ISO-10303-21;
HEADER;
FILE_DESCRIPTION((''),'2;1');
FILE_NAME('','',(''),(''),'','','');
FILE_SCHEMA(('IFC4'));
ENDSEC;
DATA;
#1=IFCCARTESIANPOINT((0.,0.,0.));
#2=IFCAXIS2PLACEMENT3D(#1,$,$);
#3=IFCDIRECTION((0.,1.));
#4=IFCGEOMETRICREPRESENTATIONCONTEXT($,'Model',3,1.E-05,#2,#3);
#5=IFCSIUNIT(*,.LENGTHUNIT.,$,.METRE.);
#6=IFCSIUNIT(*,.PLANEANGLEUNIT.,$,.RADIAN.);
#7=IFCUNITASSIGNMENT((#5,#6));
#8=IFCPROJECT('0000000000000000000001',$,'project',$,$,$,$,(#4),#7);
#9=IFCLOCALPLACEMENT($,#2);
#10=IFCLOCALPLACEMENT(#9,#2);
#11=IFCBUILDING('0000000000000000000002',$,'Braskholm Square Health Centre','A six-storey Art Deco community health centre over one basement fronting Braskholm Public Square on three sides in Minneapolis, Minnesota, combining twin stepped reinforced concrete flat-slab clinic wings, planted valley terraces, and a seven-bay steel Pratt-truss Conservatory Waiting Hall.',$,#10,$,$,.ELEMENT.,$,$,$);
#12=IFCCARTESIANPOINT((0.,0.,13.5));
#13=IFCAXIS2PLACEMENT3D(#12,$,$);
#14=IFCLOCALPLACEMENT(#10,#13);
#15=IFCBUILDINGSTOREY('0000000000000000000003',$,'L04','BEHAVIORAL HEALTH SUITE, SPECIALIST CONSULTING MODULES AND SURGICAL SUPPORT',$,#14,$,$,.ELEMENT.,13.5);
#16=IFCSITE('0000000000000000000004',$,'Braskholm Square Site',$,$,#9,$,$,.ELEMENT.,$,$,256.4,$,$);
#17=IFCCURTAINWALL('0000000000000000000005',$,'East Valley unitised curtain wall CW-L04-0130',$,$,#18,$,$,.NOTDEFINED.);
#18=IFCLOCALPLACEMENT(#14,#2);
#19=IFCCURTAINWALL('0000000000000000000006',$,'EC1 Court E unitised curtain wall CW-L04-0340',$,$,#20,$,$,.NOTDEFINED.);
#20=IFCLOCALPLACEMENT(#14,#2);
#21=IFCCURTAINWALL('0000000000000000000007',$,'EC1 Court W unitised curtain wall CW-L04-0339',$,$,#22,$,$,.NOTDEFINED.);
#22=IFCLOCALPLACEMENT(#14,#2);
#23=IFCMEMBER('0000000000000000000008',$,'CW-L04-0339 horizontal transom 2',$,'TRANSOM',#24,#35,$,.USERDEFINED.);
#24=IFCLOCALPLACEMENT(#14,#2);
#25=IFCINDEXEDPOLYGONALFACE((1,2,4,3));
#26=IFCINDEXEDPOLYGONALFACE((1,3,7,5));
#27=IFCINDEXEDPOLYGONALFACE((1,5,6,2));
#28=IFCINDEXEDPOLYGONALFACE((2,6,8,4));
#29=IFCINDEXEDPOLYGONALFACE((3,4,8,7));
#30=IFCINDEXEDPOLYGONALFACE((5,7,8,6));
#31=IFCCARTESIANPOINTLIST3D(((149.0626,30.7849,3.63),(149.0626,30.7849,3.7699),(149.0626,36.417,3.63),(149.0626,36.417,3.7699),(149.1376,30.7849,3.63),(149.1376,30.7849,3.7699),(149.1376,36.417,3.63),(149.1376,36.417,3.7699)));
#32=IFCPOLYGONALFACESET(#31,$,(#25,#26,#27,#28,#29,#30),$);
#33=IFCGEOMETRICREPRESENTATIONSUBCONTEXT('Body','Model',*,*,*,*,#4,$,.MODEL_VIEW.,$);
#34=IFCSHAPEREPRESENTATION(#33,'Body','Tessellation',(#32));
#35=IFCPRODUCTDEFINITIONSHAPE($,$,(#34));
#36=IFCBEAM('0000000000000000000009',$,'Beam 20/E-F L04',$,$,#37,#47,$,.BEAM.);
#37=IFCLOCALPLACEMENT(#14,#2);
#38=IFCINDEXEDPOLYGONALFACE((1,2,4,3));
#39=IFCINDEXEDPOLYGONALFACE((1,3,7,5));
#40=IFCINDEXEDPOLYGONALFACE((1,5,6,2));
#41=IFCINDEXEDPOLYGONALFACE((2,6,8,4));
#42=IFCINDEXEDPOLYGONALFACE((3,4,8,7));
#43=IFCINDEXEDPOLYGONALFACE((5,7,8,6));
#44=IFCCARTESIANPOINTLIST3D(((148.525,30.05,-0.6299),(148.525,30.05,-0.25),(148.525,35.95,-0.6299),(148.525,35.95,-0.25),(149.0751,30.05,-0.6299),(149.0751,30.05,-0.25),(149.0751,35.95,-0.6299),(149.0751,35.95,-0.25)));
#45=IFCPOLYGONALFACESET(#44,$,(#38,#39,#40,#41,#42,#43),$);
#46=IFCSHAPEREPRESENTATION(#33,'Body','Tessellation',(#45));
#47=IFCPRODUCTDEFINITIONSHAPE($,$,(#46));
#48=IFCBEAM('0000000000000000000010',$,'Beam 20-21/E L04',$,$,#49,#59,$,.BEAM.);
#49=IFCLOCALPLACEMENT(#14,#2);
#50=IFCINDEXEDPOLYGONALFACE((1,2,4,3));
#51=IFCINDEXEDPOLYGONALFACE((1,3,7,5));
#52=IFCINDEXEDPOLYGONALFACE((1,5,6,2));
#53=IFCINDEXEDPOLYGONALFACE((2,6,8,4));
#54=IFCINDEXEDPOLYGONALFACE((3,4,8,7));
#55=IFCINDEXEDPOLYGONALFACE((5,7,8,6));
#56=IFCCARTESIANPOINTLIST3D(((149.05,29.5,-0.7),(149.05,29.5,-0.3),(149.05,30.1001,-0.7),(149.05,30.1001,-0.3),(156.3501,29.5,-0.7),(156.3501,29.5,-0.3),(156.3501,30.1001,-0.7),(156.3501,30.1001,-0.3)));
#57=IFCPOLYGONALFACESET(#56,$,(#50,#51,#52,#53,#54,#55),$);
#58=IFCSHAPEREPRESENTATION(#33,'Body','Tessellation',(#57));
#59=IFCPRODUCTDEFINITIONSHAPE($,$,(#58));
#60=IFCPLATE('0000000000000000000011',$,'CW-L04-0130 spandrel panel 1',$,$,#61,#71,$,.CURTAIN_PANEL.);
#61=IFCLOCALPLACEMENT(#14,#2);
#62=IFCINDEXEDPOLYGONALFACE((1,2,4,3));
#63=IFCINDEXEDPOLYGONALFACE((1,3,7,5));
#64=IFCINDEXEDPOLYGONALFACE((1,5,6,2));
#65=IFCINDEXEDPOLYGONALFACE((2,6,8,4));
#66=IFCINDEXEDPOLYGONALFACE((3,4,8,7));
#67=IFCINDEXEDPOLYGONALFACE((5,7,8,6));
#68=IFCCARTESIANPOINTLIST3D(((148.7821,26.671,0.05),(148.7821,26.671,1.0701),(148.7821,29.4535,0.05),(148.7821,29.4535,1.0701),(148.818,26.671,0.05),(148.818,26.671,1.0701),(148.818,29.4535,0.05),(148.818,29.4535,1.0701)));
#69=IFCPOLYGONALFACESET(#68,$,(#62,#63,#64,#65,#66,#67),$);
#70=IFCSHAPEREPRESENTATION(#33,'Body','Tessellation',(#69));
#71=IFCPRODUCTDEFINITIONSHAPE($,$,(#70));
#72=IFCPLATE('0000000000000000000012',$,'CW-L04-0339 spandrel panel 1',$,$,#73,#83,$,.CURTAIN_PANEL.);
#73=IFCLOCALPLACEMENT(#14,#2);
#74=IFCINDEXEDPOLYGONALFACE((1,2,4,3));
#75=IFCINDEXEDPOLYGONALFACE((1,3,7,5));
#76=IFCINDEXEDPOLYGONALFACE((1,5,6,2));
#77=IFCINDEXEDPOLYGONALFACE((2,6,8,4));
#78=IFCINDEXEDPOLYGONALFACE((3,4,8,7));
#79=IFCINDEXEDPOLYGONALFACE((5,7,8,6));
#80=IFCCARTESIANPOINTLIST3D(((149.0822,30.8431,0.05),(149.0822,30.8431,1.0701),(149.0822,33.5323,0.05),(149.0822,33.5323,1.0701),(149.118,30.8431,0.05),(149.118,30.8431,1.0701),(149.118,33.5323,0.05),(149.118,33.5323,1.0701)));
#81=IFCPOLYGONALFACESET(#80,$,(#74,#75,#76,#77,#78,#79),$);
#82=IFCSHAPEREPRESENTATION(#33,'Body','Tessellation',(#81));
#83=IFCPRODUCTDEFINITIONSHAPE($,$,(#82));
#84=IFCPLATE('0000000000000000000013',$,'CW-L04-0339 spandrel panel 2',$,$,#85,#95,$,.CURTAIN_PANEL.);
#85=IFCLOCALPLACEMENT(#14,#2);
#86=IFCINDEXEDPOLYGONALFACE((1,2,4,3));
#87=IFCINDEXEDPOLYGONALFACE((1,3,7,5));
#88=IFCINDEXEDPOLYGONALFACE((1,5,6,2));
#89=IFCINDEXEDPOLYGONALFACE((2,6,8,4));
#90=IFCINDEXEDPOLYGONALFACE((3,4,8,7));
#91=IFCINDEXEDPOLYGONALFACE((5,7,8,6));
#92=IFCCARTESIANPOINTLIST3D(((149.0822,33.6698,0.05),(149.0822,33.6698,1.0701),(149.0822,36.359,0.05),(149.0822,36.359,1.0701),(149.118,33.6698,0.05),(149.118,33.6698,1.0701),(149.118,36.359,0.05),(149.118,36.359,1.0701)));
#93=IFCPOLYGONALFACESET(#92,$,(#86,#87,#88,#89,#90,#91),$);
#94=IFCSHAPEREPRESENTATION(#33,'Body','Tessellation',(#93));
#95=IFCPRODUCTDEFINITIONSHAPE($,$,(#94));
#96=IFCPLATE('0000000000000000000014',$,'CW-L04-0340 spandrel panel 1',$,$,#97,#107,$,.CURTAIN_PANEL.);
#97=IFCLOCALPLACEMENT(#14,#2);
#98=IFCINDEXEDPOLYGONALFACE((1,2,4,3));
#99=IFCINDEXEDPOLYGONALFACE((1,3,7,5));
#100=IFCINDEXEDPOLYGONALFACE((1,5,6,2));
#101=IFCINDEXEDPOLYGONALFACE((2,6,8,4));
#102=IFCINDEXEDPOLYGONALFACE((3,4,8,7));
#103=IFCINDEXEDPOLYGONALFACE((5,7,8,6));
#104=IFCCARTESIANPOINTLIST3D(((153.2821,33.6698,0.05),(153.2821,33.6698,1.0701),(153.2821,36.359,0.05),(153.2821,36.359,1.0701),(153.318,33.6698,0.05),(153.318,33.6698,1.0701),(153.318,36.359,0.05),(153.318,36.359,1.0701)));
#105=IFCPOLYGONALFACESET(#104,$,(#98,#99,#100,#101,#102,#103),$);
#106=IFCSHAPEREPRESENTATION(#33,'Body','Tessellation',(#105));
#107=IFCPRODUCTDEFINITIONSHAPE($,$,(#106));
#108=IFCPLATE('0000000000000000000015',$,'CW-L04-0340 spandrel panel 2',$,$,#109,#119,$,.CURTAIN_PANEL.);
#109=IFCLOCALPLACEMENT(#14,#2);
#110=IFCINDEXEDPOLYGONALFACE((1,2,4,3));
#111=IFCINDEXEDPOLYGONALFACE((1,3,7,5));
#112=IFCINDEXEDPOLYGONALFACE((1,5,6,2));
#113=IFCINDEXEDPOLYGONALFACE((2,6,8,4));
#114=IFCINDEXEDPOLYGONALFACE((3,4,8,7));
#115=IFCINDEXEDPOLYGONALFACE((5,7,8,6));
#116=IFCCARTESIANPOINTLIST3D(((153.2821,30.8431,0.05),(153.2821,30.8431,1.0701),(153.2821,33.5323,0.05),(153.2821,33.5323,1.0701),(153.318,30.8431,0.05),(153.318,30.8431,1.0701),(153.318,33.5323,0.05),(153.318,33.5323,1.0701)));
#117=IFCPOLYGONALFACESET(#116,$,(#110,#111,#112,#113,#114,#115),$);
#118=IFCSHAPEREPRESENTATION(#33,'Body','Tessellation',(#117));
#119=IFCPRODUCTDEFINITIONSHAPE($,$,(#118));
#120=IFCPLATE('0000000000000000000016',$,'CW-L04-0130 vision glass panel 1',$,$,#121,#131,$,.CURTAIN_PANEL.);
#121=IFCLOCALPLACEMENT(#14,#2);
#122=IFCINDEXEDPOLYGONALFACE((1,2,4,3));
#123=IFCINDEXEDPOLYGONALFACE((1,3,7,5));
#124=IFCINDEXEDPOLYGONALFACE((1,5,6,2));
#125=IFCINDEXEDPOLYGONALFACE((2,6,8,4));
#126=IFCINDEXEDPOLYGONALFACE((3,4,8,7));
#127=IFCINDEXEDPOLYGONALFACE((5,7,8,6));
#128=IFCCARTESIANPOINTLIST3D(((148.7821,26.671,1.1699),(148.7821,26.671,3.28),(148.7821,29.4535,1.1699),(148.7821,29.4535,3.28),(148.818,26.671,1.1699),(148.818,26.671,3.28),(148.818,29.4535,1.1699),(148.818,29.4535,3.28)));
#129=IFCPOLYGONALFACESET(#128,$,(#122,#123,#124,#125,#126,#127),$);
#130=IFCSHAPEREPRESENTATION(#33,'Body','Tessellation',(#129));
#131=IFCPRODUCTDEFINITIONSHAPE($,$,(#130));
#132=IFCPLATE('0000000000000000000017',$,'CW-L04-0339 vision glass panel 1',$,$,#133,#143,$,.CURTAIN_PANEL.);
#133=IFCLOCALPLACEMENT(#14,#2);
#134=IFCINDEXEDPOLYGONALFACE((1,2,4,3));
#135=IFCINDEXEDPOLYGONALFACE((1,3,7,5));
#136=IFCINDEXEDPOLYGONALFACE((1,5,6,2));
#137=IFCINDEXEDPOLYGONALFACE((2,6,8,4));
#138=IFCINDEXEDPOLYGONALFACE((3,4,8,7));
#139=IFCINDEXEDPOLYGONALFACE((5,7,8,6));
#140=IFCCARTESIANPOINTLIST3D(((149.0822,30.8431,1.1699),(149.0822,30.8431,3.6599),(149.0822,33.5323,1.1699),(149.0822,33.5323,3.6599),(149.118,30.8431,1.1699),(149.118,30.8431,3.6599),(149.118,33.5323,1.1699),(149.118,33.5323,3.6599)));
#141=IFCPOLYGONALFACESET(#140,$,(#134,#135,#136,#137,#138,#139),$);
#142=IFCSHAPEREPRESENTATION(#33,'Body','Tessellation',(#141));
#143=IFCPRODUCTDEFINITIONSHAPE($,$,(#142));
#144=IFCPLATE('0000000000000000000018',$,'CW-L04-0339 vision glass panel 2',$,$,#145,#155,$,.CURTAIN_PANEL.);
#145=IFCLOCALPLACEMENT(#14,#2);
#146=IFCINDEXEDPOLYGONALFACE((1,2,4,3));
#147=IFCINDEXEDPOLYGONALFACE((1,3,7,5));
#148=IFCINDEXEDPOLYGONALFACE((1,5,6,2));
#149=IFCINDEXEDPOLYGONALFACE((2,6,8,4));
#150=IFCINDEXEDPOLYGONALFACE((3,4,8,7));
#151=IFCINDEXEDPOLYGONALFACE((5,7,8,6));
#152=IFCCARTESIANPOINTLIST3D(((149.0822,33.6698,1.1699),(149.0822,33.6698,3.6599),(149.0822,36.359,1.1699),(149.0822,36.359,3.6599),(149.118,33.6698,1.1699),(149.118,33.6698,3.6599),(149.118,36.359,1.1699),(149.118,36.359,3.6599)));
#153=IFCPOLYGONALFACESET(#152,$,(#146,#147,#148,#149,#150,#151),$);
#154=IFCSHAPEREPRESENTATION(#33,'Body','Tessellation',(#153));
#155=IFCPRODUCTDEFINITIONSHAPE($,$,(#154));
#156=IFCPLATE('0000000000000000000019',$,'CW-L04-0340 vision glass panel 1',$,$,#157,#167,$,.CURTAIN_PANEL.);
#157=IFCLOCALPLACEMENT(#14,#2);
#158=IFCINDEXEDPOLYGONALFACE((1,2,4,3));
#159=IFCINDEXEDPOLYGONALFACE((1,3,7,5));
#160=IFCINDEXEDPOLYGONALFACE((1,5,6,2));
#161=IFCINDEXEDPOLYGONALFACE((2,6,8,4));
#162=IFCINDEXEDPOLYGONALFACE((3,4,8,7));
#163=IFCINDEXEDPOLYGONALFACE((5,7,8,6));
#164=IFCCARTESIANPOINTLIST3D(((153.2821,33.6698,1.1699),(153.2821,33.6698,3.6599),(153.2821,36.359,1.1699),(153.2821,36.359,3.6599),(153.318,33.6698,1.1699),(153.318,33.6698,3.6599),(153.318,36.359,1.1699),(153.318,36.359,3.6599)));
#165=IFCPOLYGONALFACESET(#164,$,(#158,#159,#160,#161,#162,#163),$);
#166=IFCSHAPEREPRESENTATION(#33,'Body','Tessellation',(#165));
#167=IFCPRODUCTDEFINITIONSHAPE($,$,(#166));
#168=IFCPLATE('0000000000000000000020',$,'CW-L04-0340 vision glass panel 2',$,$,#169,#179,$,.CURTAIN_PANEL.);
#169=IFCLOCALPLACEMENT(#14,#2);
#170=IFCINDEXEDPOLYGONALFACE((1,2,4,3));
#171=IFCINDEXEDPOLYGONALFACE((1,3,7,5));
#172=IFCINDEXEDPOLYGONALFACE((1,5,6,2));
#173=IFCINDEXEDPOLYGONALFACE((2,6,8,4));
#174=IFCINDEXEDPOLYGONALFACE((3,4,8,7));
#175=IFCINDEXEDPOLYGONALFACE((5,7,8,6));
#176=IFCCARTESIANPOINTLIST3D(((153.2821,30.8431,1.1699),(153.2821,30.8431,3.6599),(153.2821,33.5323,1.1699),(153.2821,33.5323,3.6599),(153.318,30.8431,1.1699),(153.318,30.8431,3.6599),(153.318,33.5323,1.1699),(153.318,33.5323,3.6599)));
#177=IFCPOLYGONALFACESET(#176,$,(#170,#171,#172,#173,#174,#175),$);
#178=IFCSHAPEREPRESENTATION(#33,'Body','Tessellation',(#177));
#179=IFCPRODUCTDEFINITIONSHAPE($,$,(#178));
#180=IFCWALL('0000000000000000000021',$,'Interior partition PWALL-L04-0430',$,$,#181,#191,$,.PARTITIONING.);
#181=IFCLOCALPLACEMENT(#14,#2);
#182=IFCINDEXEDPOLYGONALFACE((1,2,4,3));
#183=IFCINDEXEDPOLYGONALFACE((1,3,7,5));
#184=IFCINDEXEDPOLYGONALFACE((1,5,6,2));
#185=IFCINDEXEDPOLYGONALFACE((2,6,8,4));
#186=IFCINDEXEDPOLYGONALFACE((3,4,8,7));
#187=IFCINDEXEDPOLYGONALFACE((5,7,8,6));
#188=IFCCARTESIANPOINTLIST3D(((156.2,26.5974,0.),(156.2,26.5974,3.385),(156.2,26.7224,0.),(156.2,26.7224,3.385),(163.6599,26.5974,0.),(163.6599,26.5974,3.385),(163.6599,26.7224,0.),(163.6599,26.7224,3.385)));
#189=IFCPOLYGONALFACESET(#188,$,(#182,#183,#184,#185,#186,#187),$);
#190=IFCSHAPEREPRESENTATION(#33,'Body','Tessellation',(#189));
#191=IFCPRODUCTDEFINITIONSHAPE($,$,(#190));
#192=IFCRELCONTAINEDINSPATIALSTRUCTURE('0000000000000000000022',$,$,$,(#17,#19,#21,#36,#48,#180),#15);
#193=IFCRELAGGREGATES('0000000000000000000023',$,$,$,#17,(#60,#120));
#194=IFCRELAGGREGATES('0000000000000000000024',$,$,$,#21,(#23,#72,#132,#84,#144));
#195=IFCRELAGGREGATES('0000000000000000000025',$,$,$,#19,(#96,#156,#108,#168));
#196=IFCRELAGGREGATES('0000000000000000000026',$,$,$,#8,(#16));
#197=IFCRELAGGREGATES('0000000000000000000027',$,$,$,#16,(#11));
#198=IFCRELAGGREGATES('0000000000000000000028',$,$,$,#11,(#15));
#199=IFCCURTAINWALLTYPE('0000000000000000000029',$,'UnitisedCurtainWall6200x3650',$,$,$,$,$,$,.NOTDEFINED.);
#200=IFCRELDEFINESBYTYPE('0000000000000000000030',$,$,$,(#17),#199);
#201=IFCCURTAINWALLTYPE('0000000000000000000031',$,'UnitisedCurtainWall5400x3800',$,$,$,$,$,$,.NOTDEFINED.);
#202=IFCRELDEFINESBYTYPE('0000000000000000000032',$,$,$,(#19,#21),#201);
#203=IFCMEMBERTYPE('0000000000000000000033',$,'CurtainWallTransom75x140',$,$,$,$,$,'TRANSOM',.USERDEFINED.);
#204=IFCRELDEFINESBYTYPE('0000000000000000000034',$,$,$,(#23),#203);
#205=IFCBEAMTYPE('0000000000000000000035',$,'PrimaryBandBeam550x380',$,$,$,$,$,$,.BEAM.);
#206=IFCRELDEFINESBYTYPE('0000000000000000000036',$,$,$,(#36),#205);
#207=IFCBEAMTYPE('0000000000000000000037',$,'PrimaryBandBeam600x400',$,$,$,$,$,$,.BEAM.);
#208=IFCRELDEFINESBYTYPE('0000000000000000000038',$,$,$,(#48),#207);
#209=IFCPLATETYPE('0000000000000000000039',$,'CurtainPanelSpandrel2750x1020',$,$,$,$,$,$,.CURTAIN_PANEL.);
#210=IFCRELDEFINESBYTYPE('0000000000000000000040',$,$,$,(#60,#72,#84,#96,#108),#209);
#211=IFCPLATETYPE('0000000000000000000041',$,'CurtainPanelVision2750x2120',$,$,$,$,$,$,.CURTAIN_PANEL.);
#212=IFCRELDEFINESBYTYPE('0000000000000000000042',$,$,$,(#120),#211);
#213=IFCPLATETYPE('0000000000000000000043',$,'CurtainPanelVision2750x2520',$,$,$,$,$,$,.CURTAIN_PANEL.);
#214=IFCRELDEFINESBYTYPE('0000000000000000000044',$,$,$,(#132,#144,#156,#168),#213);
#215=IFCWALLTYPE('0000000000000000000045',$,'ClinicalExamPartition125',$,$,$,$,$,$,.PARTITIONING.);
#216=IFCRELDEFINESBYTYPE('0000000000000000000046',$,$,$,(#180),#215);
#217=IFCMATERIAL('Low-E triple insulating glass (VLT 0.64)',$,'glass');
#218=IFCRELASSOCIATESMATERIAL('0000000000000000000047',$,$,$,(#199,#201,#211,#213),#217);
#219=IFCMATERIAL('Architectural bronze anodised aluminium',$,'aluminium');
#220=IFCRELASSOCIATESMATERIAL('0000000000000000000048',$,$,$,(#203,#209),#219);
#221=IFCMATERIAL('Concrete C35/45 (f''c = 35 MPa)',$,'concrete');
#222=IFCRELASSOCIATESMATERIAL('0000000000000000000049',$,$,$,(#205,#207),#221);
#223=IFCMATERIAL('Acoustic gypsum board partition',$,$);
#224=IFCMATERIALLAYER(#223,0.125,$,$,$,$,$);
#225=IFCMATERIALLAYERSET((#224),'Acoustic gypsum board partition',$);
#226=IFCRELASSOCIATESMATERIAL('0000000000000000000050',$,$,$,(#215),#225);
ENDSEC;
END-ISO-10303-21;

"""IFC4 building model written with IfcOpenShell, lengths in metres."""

from ifc_helpers import new_model, si_unit, direction, frame, frame_2d, origin, origin_2d, place, context, subcontext, project, spatial, rectangle, extrude, material, layer, layer_set, material_profile, profile_set, type_object, element, aggregate, save


model = new_model("IFC4")

# Units and contexts
model_context = context("Model", 3, precision=1e-05, world=origin(), true_north=direction((0.0, 1.0)))
body_context = subcontext(model_context, "Body", "Model", "MODEL_VIEW")
ifc_project = project(units=[si_unit("LENGTHUNIT", "METRE"), si_unit("PLANEANGLEUNIT", "RADIAN")], contexts=[model_context])

# Site, building, storey
site_placement = place(None, origin())
site = spatial("IfcSite", under=ifc_project, at=site_placement, Name="Braskholm Square Site", CompositionType="ELEMENT", RefElevation=256.4)
building_placement = place(site_placement, origin())
building = spatial("IfcBuilding", under=site, at=building_placement, Name="Braskholm Square Health Centre", Description="A six-storey Art Deco community health centre over one basement fronting Braskholm Public Square on three sides in Minneapolis, Minnesota, combining twin stepped reinforced concrete flat-slab clinic wings, planted valley terraces, and a seven-bay steel Pratt-truss Conservatory Waiting Hall.", CompositionType="ELEMENT")
storey_placement = place(building_placement, frame((0.0, 0.0, 13.5)))
storey = spatial("IfcBuildingStorey", under=building, at=storey_placement, Name="L04", Description="BEHAVIORAL HEALTH SUITE, SPECIALIST CONSULTING MODULES AND SURGICAL SUPPORT", CompositionType="ELEMENT", Elevation=13.5)

# Curtain wall
ifc_material_1 = material(Name="Low-E triple insulating glass (VLT 0.64)", Category="glass")
curtain_wall_type_1 = type_object("IfcCurtainWallType", Name="UnitisedCurtainWall6200x3650", PredefinedType="NOTDEFINED", material=ifc_material_1)
curtain_wall_1_placement = place(storey_placement, origin())
curtain_wall_1 = element("IfcCurtainWall", 1, at=curtain_wall_1_placement, inside=storey, type_object=curtain_wall_type_1, Name="East Valley unitised curtain wall CW-L04-0130", PredefinedType="NOTDEFINED")
ifc_material_2 = material(Name="Architectural bronze anodised aluminium", Category="aluminium")

# Curtain walls
curtain_wall_type_2 = type_object("IfcCurtainWallType", Name="UnitisedCurtainWall5400x3800", PredefinedType="NOTDEFINED", material=ifc_material_1)
curtain_wall_2_placement = place(storey_placement, origin())
curtain_wall_2 = element("IfcCurtainWall", 2, at=curtain_wall_2_placement, inside=storey, type_object=curtain_wall_type_2, Name="EC1 Court E unitised curtain wall CW-L04-0340", PredefinedType="NOTDEFINED")
curtain_wall_3_placement = place(storey_placement, origin())
curtain_wall_3 = element("IfcCurtainWall", 3, at=curtain_wall_3_placement, inside=storey, type_object=curtain_wall_type_2, Name="EC1 Court W unitised curtain wall CW-L04-0339", PredefinedType="NOTDEFINED")

# Member
ifc_material_profile_1 = material_profile(ifc_material_2, rectangle(XDim=0.075, YDim=0.1399, at=origin_2d()), Name="ALU-75X140")
ifc_profile_set_1 = profile_set([ifc_material_profile_1], Name="Architectural bronze anodised aluminium")
member_type_1 = type_object("IfcMemberType", Name="CurtainWallTransom75x140", ElementType="TRANSOM", PredefinedType="USERDEFINED", material=ifc_profile_set_1)
member_1_placement = place(storey_placement, frame((149.1001, 30.7849, 3.7), z_axis=(0.0, 1.0, 0.0), x_axis=(-1.0, 0.0, 0.0)))
member_1 = element("IfcMember", 4, at=member_1_placement, type_object=member_type_1, Name="CW-L04-0339 horizontal transom 2", ObjectType="TRANSOM", PredefinedType="USERDEFINED", context=body_context, shape_type="SweptSolid", body=[
    extrude(rectangle(XDim=0.075, YDim=0.1399, at=origin_2d()), origin(), (0.0, 0.0, 1.0), 5.6321),
])

# Beams
ifc_material_3 = material(Name="Concrete C35/45 (f'c = 35 MPa)", Category="concrete")
ifc_material_profile_2 = material_profile(ifc_material_3, rectangle(XDim=0.55, YDim=0.3799, at=origin_2d()), Name="RCB-550X380")
ifc_profile_set_2 = profile_set([ifc_material_profile_2], Name="Concrete C35/45 (f'c = 35 MPa)")
beam_type_1 = type_object("IfcBeamType", Name="PrimaryBandBeam550x380", PredefinedType="BEAM", material=ifc_profile_set_2)
beam_1_placement = place(storey_placement, frame((148.8, 30.05, -0.4399), z_axis=(0.0, 1.0, 0.0), x_axis=(-1.0, 0.0, 0.0)))
element("IfcBeam", 5, at=beam_1_placement, inside=storey, type_object=beam_type_1, Name="Beam 20/E-F L04", PredefinedType="BEAM", context=body_context, shape_type="SweptSolid", body=[
    extrude(rectangle(XDim=0.55, YDim=0.3799, at=origin_2d()), origin(), (0.0, 0.0, 1.0), 5.8999),
])
ifc_material_profile_3 = material_profile(ifc_material_3, rectangle(XDim=0.6001, YDim=0.3999, at=origin_2d()), Name="RCB-600X400")
ifc_profile_set_3 = profile_set([ifc_material_profile_3], Name="Concrete C35/45 (f'c = 35 MPa)")
beam_type_2 = type_object("IfcBeamType", Name="PrimaryBandBeam600x400", PredefinedType="BEAM", material=ifc_profile_set_3)
beam_2_placement = place(storey_placement, frame((149.05, 29.8, -0.5), z_axis=(1.0, 0.0, 0.0), x_axis=(0.0, 1.0, 0.0)))
element("IfcBeam", 6, at=beam_2_placement, inside=storey, type_object=beam_type_2, Name="Beam 20-21/E L04", PredefinedType="BEAM", context=body_context, shape_type="SweptSolid", body=[
    extrude(rectangle(XDim=0.6001, YDim=0.3999, at=origin_2d()), origin(), (0.0, 0.0, 1.0), 7.3),
])

# Plates
plate_type_1 = type_object("IfcPlateType", Name="CurtainPanelSpandrel2750x1020", PredefinedType="CURTAIN_PANEL", material=ifc_material_2)
plate_1_placement = place(storey_placement, frame((148.8, 28.0623, 0.05), z_axis=(0.0, 0.0, 1.0), x_axis=(0.0, -1.0, 0.0)))
plate_1 = element("IfcPlate", 7, at=plate_1_placement, type_object=plate_type_1, Name="CW-L04-0130 spandrel panel 1", PredefinedType="CURTAIN_PANEL", context=body_context, shape_type="SweptSolid", body=[
    extrude(rectangle(XDim=2.7825, YDim=0.0359, at=origin_2d()), origin(), (0.0, 0.0, 1.0), 1.02),
])
plate_2_placement = place(storey_placement, frame((149.1001, 32.1877, 0.05), z_axis=(0.0, 0.0, 1.0), x_axis=(0.0, 1.0, 0.0)))
plate_2 = element("IfcPlate", 8, at=plate_2_placement, type_object=plate_type_1, Name="CW-L04-0339 spandrel panel 1", PredefinedType="CURTAIN_PANEL", context=body_context, shape_type="SweptSolid", body=[
    extrude(rectangle(XDim=2.6892, YDim=0.0359, at=origin_2d()), origin(), (0.0, 0.0, 1.0), 1.02),
])
plate_3_placement = place(storey_placement, frame((149.1001, 35.0144, 0.05), z_axis=(0.0, 0.0, 1.0), x_axis=(0.0, 1.0, 0.0)))
plate_3 = element("IfcPlate", 9, at=plate_3_placement, type_object=plate_type_1, Name="CW-L04-0339 spandrel panel 2", PredefinedType="CURTAIN_PANEL", context=body_context, shape_type="SweptSolid", body=[
    extrude(rectangle(XDim=2.6892, YDim=0.0359, at=origin_2d()), origin(), (0.0, 0.0, 1.0), 1.02),
])
plate_4_placement = place(storey_placement, frame((153.3, 35.0144, 0.05), z_axis=(0.0, 0.0, 1.0), x_axis=(0.0, -1.0, 0.0)))
plate_4 = element("IfcPlate", 10, at=plate_4_placement, type_object=plate_type_1, Name="CW-L04-0340 spandrel panel 1", PredefinedType="CURTAIN_PANEL", context=body_context, shape_type="SweptSolid", body=[
    extrude(rectangle(XDim=2.6892, YDim=0.0359, at=origin_2d()), origin(), (0.0, 0.0, 1.0), 1.02),
])
plate_5_placement = place(storey_placement, frame((153.3, 32.1877, 0.05), z_axis=(0.0, 0.0, 1.0), x_axis=(0.0, -1.0, 0.0)))
plate_5 = element("IfcPlate", 11, at=plate_5_placement, type_object=plate_type_1, Name="CW-L04-0340 spandrel panel 2", PredefinedType="CURTAIN_PANEL", context=body_context, shape_type="SweptSolid", body=[
    extrude(rectangle(XDim=2.6892, YDim=0.0359, at=origin_2d()), origin(), (0.0, 0.0, 1.0), 1.02),
])
plate_type_2 = type_object("IfcPlateType", Name="CurtainPanelVision2750x2120", PredefinedType="CURTAIN_PANEL", material=ifc_material_1)
plate_6_placement = place(storey_placement, frame((148.8, 28.0623, 1.1699), z_axis=(0.0, 0.0, 1.0), x_axis=(0.0, -1.0, 0.0)))
plate_6 = element("IfcPlate", 12, at=plate_6_placement, type_object=plate_type_2, Name="CW-L04-0130 vision glass panel 1", PredefinedType="CURTAIN_PANEL", context=body_context, shape_type="SweptSolid", body=[
    extrude(rectangle(XDim=2.7825, YDim=0.0359, at=origin_2d()), origin(), (0.0, 0.0, 1.0), 2.1101),
])
aggregate(curtain_wall_1, [plate_1, plate_6])
plate_type_3 = type_object("IfcPlateType", Name="CurtainPanelVision2750x2520", PredefinedType="CURTAIN_PANEL", material=ifc_material_1)
plate_7_placement = place(storey_placement, frame((149.1001, 32.1877, 1.1699), z_axis=(0.0, 0.0, 1.0), x_axis=(0.0, 1.0, 0.0)))
plate_7 = element("IfcPlate", 13, at=plate_7_placement, type_object=plate_type_3, Name="CW-L04-0339 vision glass panel 1", PredefinedType="CURTAIN_PANEL", context=body_context, shape_type="SweptSolid", body=[
    extrude(rectangle(XDim=2.6892, YDim=0.0359, at=origin_2d()), origin(), (0.0, 0.0, 1.0), 2.49),
])
plate_8_placement = place(storey_placement, frame((149.1001, 35.0144, 1.1699), z_axis=(0.0, 0.0, 1.0), x_axis=(0.0, 1.0, 0.0)))
plate_8 = element("IfcPlate", 14, at=plate_8_placement, type_object=plate_type_3, Name="CW-L04-0339 vision glass panel 2", PredefinedType="CURTAIN_PANEL", context=body_context, shape_type="SweptSolid", body=[
    extrude(rectangle(XDim=2.6892, YDim=0.0359, at=origin_2d()), origin(), (0.0, 0.0, 1.0), 2.49),
])
aggregate(curtain_wall_3, [member_1, plate_2, plate_7, plate_3, plate_8])
plate_9_placement = place(storey_placement, frame((153.3, 35.0144, 1.1699), z_axis=(0.0, 0.0, 1.0), x_axis=(0.0, -1.0, 0.0)))
plate_9 = element("IfcPlate", 15, at=plate_9_placement, type_object=plate_type_3, Name="CW-L04-0340 vision glass panel 1", PredefinedType="CURTAIN_PANEL", context=body_context, shape_type="SweptSolid", body=[
    extrude(rectangle(XDim=2.6892, YDim=0.0359, at=origin_2d()), origin(), (0.0, 0.0, 1.0), 2.49),
])
plate_10_placement = place(storey_placement, frame((153.3, 32.1877, 1.1699), z_axis=(0.0, 0.0, 1.0), x_axis=(0.0, -1.0, 0.0)))
plate_10 = element("IfcPlate", 16, at=plate_10_placement, type_object=plate_type_3, Name="CW-L04-0340 vision glass panel 2", PredefinedType="CURTAIN_PANEL", context=body_context, shape_type="SweptSolid", body=[
    extrude(rectangle(XDim=2.6892, YDim=0.0359, at=origin_2d()), origin(), (0.0, 0.0, 1.0), 2.49),
])
aggregate(curtain_wall_2, [plate_4, plate_9, plate_5, plate_10])

# Wall
ifc_material_4 = material(Name="Acoustic gypsum board partition")
ifc_layer_1 = layer(ifc_material_4, 0.125)
ifc_layer_set_1 = layer_set([ifc_layer_1], Name="Acoustic gypsum board partition")
wall_type_1 = type_object("IfcWallType", Name="ClinicalExamPartition125", PredefinedType="PARTITIONING", material=ifc_layer_set_1)
wall_1_placement = place(storey_placement, frame((156.2, 26.6599, 0.0), z_axis=(0.0, 0.0, 1.0), x_axis=(1.0, 0.0, 0.0)))
element("IfcWall", 17, at=wall_1_placement, inside=storey, type_object=wall_type_1, Name="Interior partition PWALL-L04-0430", PredefinedType="PARTITIONING", context=body_context, shape_type="SweptSolid", body=[
    extrude(rectangle(XDim=7.46, YDim=0.125, at=frame_2d((3.73, 0.0))), origin(), (0.0, 0.0, 1.0), 3.385),
])

save(model, "model.ifc")
